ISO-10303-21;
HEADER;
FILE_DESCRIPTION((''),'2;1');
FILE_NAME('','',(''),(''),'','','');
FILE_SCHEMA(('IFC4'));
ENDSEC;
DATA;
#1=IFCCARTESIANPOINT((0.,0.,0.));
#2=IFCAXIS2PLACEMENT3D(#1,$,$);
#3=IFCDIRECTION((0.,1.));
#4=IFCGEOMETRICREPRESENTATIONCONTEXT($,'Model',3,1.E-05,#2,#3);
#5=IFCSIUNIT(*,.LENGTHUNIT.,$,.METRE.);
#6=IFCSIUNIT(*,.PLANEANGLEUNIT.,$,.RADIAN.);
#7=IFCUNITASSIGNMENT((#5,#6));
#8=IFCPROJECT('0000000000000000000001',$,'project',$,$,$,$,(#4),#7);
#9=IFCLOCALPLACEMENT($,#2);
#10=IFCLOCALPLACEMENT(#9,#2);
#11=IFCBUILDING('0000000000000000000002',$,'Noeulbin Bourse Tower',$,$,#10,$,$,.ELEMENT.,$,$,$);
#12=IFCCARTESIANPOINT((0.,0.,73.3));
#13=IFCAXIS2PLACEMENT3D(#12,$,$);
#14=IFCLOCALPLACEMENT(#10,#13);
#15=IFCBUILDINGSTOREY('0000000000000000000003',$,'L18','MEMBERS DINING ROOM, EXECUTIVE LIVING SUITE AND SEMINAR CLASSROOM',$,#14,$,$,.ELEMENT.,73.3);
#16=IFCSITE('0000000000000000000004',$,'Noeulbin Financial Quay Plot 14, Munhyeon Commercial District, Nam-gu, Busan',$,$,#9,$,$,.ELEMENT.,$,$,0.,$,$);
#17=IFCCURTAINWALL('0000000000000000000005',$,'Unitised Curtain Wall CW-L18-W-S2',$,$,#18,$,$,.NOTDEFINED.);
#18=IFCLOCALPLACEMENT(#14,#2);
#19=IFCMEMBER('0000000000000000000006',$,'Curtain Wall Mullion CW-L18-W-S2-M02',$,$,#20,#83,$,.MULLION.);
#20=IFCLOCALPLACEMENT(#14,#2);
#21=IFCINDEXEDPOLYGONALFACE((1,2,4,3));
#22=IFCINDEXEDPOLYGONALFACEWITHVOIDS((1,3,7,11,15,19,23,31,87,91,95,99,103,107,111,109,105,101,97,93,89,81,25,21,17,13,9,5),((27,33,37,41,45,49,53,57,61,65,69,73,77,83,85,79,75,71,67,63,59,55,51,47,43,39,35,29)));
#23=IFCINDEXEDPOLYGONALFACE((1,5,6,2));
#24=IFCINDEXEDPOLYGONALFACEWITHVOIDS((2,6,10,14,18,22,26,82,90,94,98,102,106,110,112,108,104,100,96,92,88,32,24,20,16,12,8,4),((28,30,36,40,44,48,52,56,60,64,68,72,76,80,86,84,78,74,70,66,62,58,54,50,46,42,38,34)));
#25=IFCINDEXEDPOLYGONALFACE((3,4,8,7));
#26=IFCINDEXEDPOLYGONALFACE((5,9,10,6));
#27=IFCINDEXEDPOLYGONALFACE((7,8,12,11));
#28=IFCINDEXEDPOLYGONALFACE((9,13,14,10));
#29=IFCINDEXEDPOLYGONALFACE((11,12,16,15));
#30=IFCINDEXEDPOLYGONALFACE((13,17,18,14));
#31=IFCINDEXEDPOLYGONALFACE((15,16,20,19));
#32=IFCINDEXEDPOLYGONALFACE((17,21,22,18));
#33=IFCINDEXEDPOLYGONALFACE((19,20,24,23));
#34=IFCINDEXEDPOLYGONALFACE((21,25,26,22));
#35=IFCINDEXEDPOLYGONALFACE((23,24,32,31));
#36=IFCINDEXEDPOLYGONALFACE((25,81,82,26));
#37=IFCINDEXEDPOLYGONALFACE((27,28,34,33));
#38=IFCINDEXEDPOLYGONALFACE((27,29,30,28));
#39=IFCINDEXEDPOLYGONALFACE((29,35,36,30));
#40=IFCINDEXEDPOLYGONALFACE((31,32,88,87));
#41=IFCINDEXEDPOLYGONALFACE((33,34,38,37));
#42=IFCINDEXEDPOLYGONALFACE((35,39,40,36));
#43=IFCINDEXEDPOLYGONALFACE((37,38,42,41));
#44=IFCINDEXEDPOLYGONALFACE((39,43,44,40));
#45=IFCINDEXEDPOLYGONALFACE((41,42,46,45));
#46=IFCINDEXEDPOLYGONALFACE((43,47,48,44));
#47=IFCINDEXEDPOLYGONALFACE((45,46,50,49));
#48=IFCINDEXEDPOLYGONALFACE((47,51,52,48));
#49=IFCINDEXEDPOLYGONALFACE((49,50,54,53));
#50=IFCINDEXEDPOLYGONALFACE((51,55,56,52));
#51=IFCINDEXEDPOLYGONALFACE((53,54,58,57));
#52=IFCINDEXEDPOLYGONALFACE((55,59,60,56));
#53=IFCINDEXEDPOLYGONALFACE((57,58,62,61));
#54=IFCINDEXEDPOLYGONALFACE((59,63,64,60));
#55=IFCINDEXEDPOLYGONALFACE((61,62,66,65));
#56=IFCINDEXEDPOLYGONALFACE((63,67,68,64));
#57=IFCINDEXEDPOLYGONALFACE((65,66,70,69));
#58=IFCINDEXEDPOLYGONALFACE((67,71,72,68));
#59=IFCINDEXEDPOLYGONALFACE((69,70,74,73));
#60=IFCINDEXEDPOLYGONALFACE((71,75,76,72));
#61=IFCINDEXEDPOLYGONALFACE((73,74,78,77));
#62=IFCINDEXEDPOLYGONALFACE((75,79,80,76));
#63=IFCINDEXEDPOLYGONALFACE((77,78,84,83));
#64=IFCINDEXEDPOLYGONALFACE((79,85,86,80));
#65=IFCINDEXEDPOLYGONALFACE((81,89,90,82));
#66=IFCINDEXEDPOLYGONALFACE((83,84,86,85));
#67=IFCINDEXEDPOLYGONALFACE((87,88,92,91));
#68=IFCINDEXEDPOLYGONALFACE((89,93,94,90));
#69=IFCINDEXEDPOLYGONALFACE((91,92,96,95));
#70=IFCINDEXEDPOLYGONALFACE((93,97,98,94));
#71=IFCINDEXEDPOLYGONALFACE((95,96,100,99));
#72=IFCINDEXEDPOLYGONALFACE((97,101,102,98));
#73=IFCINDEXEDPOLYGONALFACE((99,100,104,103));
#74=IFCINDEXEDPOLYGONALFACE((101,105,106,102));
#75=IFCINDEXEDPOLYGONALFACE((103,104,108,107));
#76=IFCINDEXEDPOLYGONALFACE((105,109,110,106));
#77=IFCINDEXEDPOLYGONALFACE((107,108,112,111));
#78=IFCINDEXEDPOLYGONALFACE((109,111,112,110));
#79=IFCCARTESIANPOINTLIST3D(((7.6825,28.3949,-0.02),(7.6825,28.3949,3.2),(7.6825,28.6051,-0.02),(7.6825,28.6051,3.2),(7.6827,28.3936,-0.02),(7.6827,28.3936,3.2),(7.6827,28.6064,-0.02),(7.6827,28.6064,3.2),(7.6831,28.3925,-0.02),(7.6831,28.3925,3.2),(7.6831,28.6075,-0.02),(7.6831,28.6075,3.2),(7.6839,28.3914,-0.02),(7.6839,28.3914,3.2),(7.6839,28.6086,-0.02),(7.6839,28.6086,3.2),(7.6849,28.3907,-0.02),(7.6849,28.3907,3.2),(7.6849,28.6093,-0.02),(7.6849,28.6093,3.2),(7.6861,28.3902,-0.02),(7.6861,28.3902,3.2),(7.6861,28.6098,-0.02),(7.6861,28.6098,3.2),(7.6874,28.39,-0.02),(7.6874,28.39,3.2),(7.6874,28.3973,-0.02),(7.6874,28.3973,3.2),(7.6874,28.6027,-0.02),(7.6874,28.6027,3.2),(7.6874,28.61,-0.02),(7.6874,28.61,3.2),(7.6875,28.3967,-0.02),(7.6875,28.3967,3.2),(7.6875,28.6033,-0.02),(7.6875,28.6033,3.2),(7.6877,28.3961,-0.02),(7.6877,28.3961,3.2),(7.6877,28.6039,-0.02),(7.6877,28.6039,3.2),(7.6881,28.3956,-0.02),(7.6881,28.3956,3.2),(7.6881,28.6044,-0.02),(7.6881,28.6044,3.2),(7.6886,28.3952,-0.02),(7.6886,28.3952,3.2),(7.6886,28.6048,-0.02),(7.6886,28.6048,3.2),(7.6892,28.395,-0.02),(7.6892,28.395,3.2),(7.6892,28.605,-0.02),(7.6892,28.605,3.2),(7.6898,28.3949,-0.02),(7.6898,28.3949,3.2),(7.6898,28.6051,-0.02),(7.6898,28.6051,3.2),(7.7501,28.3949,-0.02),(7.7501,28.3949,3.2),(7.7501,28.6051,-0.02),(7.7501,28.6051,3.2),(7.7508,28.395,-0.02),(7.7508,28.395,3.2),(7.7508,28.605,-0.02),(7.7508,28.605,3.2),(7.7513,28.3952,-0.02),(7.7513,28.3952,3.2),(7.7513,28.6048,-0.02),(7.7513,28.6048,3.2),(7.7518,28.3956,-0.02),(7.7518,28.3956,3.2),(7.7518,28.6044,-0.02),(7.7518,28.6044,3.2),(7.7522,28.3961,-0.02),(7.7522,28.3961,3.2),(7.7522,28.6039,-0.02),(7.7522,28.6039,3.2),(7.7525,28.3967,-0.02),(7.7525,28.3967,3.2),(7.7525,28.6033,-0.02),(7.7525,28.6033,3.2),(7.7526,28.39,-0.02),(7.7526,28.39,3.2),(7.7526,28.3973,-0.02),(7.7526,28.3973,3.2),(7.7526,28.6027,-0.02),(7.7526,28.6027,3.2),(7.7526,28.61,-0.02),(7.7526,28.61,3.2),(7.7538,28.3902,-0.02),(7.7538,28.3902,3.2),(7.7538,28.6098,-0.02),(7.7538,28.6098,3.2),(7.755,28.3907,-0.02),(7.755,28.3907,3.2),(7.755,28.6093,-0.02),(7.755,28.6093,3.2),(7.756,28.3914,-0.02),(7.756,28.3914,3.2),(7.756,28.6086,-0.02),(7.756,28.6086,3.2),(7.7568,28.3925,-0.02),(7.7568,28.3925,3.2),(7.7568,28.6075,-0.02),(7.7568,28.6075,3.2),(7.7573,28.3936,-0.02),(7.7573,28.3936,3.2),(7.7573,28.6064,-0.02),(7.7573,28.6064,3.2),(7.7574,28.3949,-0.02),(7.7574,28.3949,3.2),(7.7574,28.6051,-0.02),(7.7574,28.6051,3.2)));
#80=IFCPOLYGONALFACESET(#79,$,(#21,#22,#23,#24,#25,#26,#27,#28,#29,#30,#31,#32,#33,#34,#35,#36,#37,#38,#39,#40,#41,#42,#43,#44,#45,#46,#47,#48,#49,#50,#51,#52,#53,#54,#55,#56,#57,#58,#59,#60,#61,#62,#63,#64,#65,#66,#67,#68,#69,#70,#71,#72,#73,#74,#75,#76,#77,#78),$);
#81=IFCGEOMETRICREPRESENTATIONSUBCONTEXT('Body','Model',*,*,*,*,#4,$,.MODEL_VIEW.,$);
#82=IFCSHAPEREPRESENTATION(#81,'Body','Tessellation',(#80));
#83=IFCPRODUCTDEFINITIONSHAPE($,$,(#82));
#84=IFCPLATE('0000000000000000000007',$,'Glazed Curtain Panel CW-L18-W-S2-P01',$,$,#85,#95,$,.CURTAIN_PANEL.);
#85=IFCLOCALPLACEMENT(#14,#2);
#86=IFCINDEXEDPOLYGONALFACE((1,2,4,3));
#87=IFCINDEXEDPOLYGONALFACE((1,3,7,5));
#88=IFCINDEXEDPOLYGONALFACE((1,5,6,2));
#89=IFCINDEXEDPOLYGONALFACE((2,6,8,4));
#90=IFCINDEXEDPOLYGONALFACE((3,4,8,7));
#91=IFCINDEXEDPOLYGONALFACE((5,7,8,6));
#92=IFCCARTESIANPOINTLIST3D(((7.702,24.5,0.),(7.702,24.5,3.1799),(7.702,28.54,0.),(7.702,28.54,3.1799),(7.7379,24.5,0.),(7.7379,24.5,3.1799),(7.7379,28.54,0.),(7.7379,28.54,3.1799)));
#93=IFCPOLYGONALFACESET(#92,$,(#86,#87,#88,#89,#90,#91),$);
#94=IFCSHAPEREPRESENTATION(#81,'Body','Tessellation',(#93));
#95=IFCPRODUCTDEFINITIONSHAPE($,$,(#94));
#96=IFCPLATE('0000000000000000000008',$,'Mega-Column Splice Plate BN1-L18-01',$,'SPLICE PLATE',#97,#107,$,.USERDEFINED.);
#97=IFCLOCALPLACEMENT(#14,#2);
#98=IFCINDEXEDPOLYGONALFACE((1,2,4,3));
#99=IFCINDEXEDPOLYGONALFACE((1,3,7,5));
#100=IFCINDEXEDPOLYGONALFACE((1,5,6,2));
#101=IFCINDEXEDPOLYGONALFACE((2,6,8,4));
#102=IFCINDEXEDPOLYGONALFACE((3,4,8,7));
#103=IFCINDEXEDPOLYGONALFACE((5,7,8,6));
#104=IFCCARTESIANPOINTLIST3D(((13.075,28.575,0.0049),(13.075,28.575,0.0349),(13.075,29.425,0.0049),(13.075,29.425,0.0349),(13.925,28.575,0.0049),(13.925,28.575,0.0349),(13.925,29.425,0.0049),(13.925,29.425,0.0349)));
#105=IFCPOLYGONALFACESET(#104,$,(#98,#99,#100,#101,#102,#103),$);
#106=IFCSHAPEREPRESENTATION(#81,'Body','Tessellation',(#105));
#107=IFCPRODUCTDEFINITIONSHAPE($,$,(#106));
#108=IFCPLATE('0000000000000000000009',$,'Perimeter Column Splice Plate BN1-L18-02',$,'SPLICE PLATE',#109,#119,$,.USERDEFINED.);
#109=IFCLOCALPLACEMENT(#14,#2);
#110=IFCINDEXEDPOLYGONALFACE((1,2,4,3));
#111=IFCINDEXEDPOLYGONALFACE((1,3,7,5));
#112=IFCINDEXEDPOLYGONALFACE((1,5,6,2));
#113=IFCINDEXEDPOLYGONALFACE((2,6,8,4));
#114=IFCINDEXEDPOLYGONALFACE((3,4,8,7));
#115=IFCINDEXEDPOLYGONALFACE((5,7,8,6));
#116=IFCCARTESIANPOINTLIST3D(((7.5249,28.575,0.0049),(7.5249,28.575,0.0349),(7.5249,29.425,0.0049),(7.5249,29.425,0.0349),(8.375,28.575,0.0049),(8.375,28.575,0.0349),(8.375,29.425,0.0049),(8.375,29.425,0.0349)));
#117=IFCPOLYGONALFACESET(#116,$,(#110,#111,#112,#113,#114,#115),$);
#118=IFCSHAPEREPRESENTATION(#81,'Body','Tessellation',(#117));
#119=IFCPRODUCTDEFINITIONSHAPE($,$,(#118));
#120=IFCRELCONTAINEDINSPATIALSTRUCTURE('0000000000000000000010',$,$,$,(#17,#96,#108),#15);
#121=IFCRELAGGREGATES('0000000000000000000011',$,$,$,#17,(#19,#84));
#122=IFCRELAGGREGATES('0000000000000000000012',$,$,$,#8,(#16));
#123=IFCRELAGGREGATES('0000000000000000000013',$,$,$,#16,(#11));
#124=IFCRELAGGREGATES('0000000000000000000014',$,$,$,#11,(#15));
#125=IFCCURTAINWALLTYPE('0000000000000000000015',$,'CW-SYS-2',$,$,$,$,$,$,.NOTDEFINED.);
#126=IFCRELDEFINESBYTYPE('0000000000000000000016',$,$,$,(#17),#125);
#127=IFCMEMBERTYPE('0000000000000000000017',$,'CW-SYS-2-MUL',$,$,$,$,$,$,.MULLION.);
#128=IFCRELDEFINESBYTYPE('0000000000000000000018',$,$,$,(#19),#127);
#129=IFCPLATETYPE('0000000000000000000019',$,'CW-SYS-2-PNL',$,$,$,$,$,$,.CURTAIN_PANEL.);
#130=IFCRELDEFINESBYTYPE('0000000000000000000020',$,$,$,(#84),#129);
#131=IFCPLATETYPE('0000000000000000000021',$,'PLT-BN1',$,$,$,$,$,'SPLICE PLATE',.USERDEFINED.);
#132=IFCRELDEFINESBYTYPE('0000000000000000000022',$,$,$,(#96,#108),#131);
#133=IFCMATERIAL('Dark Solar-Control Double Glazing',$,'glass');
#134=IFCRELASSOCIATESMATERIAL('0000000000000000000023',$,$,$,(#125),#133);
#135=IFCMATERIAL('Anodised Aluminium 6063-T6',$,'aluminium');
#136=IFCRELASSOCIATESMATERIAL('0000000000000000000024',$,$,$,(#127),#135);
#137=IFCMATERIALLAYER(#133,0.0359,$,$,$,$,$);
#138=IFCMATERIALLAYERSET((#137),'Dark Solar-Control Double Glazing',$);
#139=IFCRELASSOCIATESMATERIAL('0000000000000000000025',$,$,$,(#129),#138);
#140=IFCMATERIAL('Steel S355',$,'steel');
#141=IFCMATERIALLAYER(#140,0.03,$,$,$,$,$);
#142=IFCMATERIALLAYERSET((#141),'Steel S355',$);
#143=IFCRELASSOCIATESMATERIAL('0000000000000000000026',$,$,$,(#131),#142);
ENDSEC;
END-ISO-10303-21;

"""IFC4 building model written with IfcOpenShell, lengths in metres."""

from ifc_helpers import new_model, si_unit, direction, frame, origin, origin_2d, place, context, subcontext, project, spatial, rectangle, hollow_rectangle, extrude, material, layer, layer_set, material_profile, profile_set, type_object, element, aggregate, save


model = new_model("IFC4")

# Units and contexts
model_context = context("Model", 3, precision=1e-05, world=origin(), true_north=direction((0.0, 1.0)))
body_context = subcontext(model_context, "Body", "Model", "MODEL_VIEW")
ifc_project = project(units=[si_unit("LENGTHUNIT", "METRE"), si_unit("PLANEANGLEUNIT", "RADIAN")], contexts=[model_context])

# Site, building, storey
site_placement = place(None, origin())
site = spatial("IfcSite", under=ifc_project, at=site_placement, Name="Noeulbin Financial Quay Plot 14, Munhyeon Commercial District, Nam-gu, Busan", CompositionType="ELEMENT", RefElevation=0.0)
building_placement = place(site_placement, origin())
building = spatial("IfcBuilding", under=site, at=building_placement, Name="Noeulbin Bourse Tower", CompositionType="ELEMENT")
storey_placement = place(building_placement, frame((0.0, 0.0, 73.3)))
storey = spatial("IfcBuildingStorey", under=building, at=storey_placement, Name="L18", Description="MEMBERS DINING ROOM, EXECUTIVE LIVING SUITE AND SEMINAR CLASSROOM", CompositionType="ELEMENT", Elevation=73.3)

# Shared definitions
ifc_material_1 = material(Name="Steel S355", Category="steel")

# Curtain wall, member, plate
ifc_material_2 = material(Name="Dark Solar-Control Double Glazing", Category="glass")
curtain_wall_type = type_object("IfcCurtainWallType", Name="CW-SYS-2", PredefinedType="NOTDEFINED", material=ifc_material_2)
curtain_wall_placement = place(storey_placement, origin())
curtain_wall = element("IfcCurtainWall", 1, at=curtain_wall_placement, inside=storey, type_object=curtain_wall_type, Name="Unitised Curtain Wall CW-L18-W-S2", PredefinedType="NOTDEFINED")
ifc_material_3 = material(Name="Anodised Aluminium 6063-T6", Category="aluminium")
ifc_material_profile_1 = material_profile(ifc_material_3, hollow_rectangle(XDim=0.075, YDim=0.22, WallThickness=0.0049, InnerFilletRadius=0.0024, OuterFilletRadius=0.0049, at=origin_2d()), Name="ALU-MULL-75x220x5", Category="LoadBearing")
ifc_profile_set_1 = profile_set([ifc_material_profile_1], Name="Anodised Aluminium 6063-T6")
member_type = type_object("IfcMemberType", Name="CW-SYS-2-MUL", PredefinedType="MULLION", material=ifc_profile_set_1)
member_placement = place(storey_placement, frame((7.72, 28.5, -0.02), z_axis=(0.0, 0.0, 1.0), x_axis=(1.0, 0.0, 0.0)))
member = element("IfcMember", 2, at=member_placement, type_object=member_type, Name="Curtain Wall Mullion CW-L18-W-S2-M02", PredefinedType="MULLION", context=body_context, shape_type="SweptSolid", body=[
    extrude(hollow_rectangle(XDim=0.075, YDim=0.22, WallThickness=0.0049, InnerFilletRadius=0.0024, OuterFilletRadius=0.0049, at=origin_2d()), origin(), (0.0, 0.0, 1.0), 3.22),
])
ifc_layer_1 = layer(ifc_material_2, 0.0359)
ifc_layer_set_1 = layer_set([ifc_layer_1], Name="Dark Solar-Control Double Glazing")
plate_type_1 = type_object("IfcPlateType", Name="CW-SYS-2-PNL", PredefinedType="CURTAIN_PANEL", material=ifc_layer_set_1)
plate_placement = place(storey_placement, frame((7.72, 26.52, 0.0), z_axis=(0.0, 0.0, 1.0), x_axis=(0.0, 1.0, 0.0)))
plate = element("IfcPlate", 3, at=plate_placement, type_object=plate_type_1, Name="Glazed Curtain Panel CW-L18-W-S2-P01", PredefinedType="CURTAIN_PANEL", context=body_context, shape_type="SweptSolid", body=[
    extrude(rectangle(XDim=4.04, YDim=0.0359, at=origin_2d()), origin(), (0.0, 0.0, 1.0), 3.1799),
])
aggregate(curtain_wall, [member, plate])

# Plates
ifc_layer_2 = layer(ifc_material_1, 0.03)
ifc_layer_set_2 = layer_set([ifc_layer_2], Name="Steel S355")
plate_type_2 = type_object("IfcPlateType", Name="PLT-BN1", ElementType="SPLICE PLATE", PredefinedType="USERDEFINED", material=ifc_layer_set_2)
for number, where, z_axis, x_axis, name in (
    (4, (13.5, 29.0, 0.0049), (0.0, 0.0, 1.0), (1.0, 0.0, 0.0), "Mega-Column Splice Plate BN1-L18-01"),
    (5, (7.95, 29.0, 0.0049), (0.0, 0.0, 1.0), (1.0, 0.0, 0.0), "Perimeter Column Splice Plate BN1-L18-02"),
):
    element("IfcPlate", number, at=place(storey_placement, frame(where, z_axis=z_axis, x_axis=x_axis)), inside=storey, type_object=plate_type_2, Name=name, ObjectType="SPLICE PLATE", PredefinedType="USERDEFINED", context=body_context, shape_type="SweptSolid", body=[
        extrude(rectangle(XDim=0.8501, YDim=0.8501, at=origin_2d()), origin(), (0.0, 0.0, 1.0), 0.03),
    ])

save(model, "model.ifc")
